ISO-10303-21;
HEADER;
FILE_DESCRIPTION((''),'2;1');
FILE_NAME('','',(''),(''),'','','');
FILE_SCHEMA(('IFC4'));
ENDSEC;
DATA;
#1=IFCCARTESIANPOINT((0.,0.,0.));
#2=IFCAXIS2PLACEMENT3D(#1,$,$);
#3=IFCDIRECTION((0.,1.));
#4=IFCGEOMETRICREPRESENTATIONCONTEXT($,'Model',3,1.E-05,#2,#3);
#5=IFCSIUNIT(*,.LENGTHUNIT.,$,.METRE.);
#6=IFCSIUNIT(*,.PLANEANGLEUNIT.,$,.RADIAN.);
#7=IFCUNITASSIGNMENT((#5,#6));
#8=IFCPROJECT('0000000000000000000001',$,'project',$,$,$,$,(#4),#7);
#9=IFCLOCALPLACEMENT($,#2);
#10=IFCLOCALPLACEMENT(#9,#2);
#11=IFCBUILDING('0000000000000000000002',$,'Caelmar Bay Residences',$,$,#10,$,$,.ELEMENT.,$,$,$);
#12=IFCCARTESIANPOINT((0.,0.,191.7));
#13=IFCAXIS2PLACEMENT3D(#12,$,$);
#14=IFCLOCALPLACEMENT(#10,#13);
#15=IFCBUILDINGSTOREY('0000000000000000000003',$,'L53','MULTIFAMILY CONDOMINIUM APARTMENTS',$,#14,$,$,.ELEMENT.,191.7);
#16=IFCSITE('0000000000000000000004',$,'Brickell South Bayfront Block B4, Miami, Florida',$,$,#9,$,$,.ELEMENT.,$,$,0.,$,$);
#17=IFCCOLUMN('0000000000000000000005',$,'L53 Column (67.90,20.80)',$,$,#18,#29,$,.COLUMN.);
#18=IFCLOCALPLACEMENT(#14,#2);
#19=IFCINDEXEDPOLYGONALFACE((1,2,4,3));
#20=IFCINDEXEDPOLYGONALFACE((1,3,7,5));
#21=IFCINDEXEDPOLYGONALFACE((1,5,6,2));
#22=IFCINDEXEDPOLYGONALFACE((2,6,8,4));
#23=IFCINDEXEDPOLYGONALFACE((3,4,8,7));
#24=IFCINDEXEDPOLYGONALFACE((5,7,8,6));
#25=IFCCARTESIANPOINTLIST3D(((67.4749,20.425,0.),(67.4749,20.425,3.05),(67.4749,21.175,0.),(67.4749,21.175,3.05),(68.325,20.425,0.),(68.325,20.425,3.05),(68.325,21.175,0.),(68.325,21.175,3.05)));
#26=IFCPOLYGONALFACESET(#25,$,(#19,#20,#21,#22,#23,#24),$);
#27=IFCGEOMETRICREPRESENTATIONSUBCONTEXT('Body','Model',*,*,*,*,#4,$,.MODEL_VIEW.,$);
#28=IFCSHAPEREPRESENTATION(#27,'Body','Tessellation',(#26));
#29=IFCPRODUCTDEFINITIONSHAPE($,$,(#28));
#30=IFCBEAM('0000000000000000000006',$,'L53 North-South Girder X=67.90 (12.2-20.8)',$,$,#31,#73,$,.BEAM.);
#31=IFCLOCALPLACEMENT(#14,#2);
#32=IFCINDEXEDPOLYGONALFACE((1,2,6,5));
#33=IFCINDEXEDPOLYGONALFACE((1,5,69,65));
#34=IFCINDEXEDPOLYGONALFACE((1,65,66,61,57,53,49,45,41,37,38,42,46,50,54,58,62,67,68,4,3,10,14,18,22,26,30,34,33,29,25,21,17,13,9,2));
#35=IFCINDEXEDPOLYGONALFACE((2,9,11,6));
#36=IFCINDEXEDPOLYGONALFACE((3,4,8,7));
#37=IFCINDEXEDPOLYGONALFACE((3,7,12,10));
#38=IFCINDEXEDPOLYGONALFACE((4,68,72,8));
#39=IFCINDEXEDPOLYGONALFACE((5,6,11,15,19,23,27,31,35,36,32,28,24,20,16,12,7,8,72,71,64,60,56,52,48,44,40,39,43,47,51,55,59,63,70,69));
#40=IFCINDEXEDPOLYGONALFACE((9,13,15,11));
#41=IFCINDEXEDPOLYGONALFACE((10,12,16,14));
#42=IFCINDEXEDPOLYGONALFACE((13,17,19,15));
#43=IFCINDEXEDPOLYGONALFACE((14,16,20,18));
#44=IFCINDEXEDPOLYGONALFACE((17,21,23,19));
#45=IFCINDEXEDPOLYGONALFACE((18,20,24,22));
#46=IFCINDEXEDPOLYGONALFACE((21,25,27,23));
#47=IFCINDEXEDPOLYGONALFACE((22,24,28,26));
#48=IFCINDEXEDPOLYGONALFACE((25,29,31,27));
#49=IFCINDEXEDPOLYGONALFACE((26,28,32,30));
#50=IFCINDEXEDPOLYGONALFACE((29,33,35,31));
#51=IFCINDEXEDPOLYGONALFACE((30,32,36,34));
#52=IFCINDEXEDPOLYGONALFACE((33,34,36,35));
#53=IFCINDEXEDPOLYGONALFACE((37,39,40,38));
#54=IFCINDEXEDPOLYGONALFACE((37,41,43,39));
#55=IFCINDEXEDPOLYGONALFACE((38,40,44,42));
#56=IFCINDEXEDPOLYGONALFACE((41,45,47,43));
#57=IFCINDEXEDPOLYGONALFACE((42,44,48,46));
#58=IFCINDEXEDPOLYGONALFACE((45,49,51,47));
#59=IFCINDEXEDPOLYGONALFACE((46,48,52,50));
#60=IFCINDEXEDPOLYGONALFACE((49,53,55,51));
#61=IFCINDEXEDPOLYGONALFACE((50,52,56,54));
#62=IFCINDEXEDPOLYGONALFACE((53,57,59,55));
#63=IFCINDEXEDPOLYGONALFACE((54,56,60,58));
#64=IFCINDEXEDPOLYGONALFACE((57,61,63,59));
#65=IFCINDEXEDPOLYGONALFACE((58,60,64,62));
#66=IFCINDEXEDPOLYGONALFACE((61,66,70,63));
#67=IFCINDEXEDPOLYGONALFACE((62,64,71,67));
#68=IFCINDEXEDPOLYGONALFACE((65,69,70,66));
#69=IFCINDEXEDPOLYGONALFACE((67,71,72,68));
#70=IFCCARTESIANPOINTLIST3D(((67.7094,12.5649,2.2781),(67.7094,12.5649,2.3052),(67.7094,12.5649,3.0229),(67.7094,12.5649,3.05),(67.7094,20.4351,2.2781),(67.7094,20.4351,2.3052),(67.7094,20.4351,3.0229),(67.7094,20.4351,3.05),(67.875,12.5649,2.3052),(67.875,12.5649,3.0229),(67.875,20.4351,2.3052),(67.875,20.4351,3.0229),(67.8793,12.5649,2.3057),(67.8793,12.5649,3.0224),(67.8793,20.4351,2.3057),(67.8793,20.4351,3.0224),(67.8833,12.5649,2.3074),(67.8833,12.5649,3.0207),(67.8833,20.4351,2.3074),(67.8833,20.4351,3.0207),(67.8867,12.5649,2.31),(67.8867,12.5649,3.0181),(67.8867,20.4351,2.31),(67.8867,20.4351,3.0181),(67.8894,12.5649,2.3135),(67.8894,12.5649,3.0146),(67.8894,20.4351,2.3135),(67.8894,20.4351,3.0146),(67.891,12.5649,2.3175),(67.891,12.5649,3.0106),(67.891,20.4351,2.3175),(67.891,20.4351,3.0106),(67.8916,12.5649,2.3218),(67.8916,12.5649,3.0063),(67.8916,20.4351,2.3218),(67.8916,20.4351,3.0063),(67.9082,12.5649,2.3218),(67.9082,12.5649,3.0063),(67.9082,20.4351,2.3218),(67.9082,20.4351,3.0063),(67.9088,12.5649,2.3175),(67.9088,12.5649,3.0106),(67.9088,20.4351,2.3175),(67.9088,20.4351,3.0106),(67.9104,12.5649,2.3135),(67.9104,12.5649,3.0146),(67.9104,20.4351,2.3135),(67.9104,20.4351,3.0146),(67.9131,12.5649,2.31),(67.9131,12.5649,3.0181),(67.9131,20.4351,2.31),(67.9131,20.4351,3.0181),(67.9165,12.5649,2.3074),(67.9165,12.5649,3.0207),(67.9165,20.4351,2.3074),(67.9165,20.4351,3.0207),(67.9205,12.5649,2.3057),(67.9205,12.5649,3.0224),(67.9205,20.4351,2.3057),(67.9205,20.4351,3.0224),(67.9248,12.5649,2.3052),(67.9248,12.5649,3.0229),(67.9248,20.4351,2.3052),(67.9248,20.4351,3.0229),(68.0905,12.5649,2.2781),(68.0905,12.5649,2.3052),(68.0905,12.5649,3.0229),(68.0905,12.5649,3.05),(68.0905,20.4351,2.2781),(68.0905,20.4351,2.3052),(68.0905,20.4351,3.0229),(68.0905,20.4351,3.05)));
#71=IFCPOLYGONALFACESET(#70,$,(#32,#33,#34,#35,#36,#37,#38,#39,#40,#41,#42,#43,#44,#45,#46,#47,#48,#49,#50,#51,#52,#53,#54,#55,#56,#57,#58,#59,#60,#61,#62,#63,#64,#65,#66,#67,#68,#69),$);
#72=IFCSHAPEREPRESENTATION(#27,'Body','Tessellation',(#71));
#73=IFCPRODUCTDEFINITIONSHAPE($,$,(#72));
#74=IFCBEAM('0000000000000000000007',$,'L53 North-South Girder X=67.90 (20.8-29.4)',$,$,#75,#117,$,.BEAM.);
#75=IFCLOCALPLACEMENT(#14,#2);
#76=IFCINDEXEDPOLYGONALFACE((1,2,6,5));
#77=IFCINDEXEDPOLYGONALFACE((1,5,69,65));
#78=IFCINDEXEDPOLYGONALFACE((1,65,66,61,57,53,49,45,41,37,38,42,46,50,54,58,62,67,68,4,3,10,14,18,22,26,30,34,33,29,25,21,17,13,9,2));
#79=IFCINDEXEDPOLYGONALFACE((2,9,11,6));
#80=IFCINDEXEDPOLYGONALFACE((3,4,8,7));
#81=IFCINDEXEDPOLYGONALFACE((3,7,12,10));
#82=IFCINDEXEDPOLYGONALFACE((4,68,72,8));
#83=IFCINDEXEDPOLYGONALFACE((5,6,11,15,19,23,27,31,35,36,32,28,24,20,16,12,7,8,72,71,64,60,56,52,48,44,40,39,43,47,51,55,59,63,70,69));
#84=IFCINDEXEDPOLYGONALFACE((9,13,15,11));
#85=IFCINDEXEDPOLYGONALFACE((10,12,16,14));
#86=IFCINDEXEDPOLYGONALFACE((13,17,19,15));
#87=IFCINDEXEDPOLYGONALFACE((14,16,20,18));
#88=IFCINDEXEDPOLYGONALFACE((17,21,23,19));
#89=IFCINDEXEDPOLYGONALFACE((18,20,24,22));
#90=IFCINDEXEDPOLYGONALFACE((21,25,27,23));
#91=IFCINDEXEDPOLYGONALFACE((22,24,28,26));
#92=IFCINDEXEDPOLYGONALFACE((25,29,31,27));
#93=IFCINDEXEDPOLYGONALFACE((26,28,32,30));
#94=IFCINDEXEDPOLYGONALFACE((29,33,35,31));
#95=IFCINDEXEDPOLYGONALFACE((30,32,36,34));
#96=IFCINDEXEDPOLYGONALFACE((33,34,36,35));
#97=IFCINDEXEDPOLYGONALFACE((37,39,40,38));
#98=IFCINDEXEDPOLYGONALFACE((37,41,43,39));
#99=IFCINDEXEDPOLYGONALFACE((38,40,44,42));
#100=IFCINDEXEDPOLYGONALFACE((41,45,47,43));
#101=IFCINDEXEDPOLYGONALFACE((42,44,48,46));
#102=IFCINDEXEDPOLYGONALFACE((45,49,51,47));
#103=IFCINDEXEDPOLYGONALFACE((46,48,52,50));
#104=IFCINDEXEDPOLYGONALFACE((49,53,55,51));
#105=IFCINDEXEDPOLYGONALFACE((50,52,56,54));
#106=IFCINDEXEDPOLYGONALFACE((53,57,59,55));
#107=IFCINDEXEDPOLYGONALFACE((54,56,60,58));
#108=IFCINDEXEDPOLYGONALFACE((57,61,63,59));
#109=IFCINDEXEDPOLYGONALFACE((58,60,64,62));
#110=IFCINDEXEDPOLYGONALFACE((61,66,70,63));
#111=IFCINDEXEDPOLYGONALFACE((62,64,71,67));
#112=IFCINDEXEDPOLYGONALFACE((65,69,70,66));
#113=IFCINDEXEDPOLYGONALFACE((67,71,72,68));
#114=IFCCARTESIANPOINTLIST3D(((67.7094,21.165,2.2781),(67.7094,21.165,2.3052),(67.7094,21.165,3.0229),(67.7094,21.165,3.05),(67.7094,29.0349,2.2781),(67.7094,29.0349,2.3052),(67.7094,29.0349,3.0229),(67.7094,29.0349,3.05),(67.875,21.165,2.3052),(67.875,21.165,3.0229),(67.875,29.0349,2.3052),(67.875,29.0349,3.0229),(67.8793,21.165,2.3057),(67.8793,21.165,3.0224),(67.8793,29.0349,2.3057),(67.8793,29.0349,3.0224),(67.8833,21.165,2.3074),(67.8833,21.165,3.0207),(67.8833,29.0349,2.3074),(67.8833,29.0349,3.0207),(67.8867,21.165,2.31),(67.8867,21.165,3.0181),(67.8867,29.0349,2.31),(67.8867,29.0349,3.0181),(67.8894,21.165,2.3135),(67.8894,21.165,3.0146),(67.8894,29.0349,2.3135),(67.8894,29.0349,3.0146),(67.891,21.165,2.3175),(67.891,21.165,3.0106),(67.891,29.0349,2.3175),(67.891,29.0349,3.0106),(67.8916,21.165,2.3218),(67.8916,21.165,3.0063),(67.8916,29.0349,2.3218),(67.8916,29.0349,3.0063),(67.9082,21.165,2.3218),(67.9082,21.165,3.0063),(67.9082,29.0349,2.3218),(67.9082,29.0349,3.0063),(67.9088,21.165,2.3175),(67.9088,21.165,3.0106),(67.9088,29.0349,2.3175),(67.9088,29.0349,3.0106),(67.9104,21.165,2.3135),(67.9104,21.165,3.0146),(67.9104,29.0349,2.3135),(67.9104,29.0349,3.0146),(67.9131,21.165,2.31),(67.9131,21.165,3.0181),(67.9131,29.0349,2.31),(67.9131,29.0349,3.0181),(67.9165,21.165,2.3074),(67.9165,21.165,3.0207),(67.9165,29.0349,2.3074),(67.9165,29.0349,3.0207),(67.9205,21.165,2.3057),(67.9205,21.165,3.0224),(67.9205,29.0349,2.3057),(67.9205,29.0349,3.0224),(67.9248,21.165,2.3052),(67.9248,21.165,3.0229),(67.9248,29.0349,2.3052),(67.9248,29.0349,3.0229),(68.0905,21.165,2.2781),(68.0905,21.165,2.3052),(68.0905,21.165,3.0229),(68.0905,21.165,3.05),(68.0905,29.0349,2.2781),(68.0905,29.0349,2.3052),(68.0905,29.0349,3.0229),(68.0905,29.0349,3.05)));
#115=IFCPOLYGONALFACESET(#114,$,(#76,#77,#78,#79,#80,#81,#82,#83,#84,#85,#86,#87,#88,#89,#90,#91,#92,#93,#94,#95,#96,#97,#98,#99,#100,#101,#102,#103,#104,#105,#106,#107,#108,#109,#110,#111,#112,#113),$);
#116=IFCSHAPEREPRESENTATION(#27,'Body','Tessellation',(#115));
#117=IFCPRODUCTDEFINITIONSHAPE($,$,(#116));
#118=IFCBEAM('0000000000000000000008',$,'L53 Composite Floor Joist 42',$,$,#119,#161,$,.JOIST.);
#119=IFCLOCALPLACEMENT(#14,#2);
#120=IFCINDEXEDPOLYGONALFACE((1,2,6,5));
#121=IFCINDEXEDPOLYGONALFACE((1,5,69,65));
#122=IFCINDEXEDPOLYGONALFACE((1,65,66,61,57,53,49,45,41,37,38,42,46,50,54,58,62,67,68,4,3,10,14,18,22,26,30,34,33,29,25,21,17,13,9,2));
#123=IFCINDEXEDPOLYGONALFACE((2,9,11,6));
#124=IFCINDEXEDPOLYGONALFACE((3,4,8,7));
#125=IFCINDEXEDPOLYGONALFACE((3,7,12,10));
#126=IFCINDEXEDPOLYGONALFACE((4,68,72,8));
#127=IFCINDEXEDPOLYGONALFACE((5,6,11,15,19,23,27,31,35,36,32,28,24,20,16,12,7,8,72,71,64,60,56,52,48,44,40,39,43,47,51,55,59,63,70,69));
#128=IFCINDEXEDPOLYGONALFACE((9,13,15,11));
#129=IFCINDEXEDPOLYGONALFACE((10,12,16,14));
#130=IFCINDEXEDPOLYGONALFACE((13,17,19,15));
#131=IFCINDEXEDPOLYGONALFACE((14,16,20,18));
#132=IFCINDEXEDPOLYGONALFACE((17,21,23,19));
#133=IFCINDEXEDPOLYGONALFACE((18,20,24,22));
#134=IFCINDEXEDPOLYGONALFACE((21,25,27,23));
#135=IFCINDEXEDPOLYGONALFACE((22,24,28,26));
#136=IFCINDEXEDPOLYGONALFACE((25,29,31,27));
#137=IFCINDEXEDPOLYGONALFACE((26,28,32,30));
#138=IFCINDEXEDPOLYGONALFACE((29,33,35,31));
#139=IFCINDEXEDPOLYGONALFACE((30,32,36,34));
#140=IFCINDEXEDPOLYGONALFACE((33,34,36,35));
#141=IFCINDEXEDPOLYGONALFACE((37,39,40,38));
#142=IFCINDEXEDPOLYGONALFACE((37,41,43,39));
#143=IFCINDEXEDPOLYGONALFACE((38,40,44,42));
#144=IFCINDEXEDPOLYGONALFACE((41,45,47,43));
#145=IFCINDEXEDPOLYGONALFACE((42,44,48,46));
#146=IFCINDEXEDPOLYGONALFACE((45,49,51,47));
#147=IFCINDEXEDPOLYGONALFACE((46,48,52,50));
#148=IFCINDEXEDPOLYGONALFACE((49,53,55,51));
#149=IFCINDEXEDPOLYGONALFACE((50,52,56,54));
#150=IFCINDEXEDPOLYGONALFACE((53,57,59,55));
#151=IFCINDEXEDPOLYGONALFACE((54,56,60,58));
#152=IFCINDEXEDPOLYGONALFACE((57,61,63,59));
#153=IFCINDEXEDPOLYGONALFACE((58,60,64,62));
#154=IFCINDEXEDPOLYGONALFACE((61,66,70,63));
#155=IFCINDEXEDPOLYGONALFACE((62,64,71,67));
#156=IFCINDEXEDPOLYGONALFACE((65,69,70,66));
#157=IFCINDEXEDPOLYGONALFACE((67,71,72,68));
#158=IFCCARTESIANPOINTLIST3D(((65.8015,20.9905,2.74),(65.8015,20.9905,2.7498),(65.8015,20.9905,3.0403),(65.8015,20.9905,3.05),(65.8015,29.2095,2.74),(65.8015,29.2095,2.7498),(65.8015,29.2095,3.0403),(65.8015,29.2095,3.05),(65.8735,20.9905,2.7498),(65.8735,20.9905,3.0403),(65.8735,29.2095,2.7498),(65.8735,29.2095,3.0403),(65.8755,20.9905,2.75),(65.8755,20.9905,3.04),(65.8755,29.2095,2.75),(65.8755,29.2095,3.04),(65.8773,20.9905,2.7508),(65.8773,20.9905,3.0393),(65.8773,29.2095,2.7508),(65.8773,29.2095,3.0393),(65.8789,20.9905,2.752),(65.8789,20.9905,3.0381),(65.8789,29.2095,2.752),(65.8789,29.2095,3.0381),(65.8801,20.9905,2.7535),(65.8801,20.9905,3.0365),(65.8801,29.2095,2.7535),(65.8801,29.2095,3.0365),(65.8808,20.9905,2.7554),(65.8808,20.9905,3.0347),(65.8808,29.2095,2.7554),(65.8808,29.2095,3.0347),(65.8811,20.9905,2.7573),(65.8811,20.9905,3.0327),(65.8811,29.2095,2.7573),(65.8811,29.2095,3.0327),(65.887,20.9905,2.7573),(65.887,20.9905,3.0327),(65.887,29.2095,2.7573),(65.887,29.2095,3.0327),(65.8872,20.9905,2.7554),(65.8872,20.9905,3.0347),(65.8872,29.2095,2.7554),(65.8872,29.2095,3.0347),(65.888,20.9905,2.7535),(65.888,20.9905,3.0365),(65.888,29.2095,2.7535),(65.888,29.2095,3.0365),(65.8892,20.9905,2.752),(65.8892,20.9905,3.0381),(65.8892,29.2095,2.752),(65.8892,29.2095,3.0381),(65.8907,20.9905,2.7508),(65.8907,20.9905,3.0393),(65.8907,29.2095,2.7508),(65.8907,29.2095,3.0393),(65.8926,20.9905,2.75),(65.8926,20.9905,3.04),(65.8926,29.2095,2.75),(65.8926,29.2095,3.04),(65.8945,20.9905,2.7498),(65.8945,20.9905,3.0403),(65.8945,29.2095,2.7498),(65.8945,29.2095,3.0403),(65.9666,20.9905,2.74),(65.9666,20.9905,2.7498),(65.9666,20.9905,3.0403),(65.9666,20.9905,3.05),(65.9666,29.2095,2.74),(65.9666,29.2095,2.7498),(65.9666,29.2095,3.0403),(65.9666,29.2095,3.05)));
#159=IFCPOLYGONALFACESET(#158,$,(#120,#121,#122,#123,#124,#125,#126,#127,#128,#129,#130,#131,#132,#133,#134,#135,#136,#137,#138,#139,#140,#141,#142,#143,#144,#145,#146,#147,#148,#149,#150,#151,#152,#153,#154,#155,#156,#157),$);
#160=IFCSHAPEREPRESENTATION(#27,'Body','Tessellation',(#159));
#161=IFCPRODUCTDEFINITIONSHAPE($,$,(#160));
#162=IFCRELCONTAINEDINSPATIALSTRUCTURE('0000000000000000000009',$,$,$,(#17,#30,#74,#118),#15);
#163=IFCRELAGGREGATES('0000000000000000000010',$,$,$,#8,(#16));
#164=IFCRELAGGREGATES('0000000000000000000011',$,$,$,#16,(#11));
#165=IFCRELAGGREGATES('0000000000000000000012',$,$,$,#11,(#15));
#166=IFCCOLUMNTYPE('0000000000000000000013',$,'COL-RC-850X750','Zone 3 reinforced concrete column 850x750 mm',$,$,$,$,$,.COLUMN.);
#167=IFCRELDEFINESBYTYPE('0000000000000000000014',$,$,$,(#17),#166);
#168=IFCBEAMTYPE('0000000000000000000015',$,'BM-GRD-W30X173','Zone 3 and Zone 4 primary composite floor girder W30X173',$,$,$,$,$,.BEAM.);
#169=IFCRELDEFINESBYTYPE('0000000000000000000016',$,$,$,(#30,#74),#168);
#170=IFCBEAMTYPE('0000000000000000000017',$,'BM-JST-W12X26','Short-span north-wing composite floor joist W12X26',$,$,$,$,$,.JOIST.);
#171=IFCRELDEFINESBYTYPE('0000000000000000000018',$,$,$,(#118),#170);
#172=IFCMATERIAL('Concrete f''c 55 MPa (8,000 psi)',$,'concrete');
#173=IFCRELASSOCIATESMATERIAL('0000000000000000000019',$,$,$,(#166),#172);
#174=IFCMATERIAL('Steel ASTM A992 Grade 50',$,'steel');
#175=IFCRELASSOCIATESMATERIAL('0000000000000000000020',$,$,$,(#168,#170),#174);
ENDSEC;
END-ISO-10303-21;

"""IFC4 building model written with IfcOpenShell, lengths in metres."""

from ifc_helpers import new_model, si_unit, direction, frame, origin, origin_2d, place, context, subcontext, project, spatial, rectangle, i_section, extrude, material, material_profile, profile_set, type_object, element, save


model = new_model("IFC4")

# Units and contexts
model_context = context("Model", 3, precision=1e-05, world=origin(), true_north=direction((0.0, 1.0)))
body_context = subcontext(model_context, "Body", "Model", "MODEL_VIEW")
ifc_project = project(units=[si_unit("LENGTHUNIT", "METRE"), si_unit("PLANEANGLEUNIT", "RADIAN")], contexts=[model_context])

# Site, building, storey
site_placement = place(None, origin())
site = spatial("IfcSite", under=ifc_project, at=site_placement, Name="Brickell South Bayfront Block B4, Miami, Florida", CompositionType="ELEMENT", RefElevation=0.0)
building_placement = place(site_placement, origin())
building = spatial("IfcBuilding", under=site, at=building_placement, Name="Caelmar Bay Residences", CompositionType="ELEMENT")
storey_placement = place(building_placement, frame((0.0, 0.0, 191.7)))
storey = spatial("IfcBuildingStorey", under=building, at=storey_placement, Name="L53", Description="MULTIFAMILY CONDOMINIUM APARTMENTS", CompositionType="ELEMENT", Elevation=191.7)

# Column
ifc_material_1 = material(Name="Concrete f'c 55 MPa (8,000 psi)", Category="concrete")
ifc_material_profile_1 = material_profile(ifc_material_1, rectangle(XDim=0.8501, YDim=0.75, at=origin_2d()), Name="RC-COL-850X750")
ifc_profile_set_1 = profile_set([ifc_material_profile_1], Name="Concrete f'c 55 MPa (8,000 psi)")
column_type = type_object("IfcColumnType", Name="COL-RC-850X750", Description="Zone 3 reinforced concrete column 850x750 mm", PredefinedType="COLUMN", material=ifc_profile_set_1)
column_placement = place(storey_placement, frame((67.8999, 20.8, 0.0), z_axis=(0.0, 0.0, 1.0), x_axis=(1.0, 0.0, 0.0)))
element("IfcColumn", 1, at=column_placement, inside=storey, type_object=column_type, Name="L53 Column (67.90,20.80)", PredefinedType="COLUMN", context=body_context, shape_type="SweptSolid", body=[
    extrude(rectangle(XDim=0.8501, YDim=0.75, at=origin_2d()), origin(), (0.0, 0.0, 1.0), 3.05),
])

# Beams
ifc_material_2 = material(Name="Steel ASTM A992 Grade 50", Category="steel")
ifc_material_profile_2 = material_profile(ifc_material_2, i_section(OverallWidth=0.3811, OverallDepth=0.772, WebThickness=0.0166, FlangeThickness=0.0271, FilletRadius=0.0166, at=origin_2d()), Name="W30X173")
ifc_profile_set_2 = profile_set([ifc_material_profile_2], Name="Steel ASTM A992 Grade 50")
beam_type_1 = type_object("IfcBeamType", Name="BM-GRD-W30X173", Description="Zone 3 and Zone 4 primary composite floor girder W30X173", PredefinedType="BEAM", material=ifc_profile_set_2)
beam_1_placement = place(storey_placement, frame((67.8999, 12.5649, 2.6641), z_axis=(0.0, 1.0, 0.0), x_axis=(-1.0, 0.0, 0.0)))
element("IfcBeam", 2, at=beam_1_placement, inside=storey, type_object=beam_type_1, Name="L53 North-South Girder X=67.90 (12.2-20.8)", PredefinedType="BEAM", context=body_context, shape_type="SweptSolid", body=[
    extrude(i_section(OverallWidth=0.3811, OverallDepth=0.772, WebThickness=0.0166, FlangeThickness=0.0271, FilletRadius=0.0166, at=origin_2d()), origin(), (0.0, 0.0, 1.0), 7.8701),
])
beam_2_placement = place(storey_placement, frame((67.8999, 21.165, 2.6641), z_axis=(0.0, 1.0, 0.0), x_axis=(-1.0, 0.0, 0.0)))
element("IfcBeam", 3, at=beam_2_placement, inside=storey, type_object=beam_type_1, Name="L53 North-South Girder X=67.90 (20.8-29.4)", PredefinedType="BEAM", context=body_context, shape_type="SweptSolid", body=[
    extrude(i_section(OverallWidth=0.3811, OverallDepth=0.772, WebThickness=0.0166, FlangeThickness=0.0271, FilletRadius=0.0166, at=origin_2d()), origin(), (0.0, 0.0, 1.0), 7.8699),
])
ifc_material_profile_3 = material_profile(ifc_material_2, i_section(OverallWidth=0.165, OverallDepth=0.3101, WebThickness=0.0059, FlangeThickness=0.0098, FilletRadius=0.0076, at=origin_2d()), Name="W12X26")
ifc_profile_set_3 = profile_set([ifc_material_profile_3], Name="Steel ASTM A992 Grade 50")
beam_type_2 = type_object("IfcBeamType", Name="BM-JST-W12X26", Description="Short-span north-wing composite floor joist W12X26", PredefinedType="JOIST", material=ifc_profile_set_3)
beam_3_placement = place(storey_placement, frame((65.884, 20.9905, 2.895), z_axis=(0.0, 1.0, 0.0), x_axis=(-1.0, 0.0, 0.0)))
element("IfcBeam", 4, at=beam_3_placement, inside=storey, type_object=beam_type_2, Name="L53 Composite Floor Joist 42", PredefinedType="JOIST", context=body_context, shape_type="SweptSolid", body=[
    extrude(i_section(OverallWidth=0.165, OverallDepth=0.3101, WebThickness=0.0059, FlangeThickness=0.0098, FilletRadius=0.0076, at=origin_2d()), origin(), (0.0, 0.0, 1.0), 8.219),
])

save(model, "model.ifc")
